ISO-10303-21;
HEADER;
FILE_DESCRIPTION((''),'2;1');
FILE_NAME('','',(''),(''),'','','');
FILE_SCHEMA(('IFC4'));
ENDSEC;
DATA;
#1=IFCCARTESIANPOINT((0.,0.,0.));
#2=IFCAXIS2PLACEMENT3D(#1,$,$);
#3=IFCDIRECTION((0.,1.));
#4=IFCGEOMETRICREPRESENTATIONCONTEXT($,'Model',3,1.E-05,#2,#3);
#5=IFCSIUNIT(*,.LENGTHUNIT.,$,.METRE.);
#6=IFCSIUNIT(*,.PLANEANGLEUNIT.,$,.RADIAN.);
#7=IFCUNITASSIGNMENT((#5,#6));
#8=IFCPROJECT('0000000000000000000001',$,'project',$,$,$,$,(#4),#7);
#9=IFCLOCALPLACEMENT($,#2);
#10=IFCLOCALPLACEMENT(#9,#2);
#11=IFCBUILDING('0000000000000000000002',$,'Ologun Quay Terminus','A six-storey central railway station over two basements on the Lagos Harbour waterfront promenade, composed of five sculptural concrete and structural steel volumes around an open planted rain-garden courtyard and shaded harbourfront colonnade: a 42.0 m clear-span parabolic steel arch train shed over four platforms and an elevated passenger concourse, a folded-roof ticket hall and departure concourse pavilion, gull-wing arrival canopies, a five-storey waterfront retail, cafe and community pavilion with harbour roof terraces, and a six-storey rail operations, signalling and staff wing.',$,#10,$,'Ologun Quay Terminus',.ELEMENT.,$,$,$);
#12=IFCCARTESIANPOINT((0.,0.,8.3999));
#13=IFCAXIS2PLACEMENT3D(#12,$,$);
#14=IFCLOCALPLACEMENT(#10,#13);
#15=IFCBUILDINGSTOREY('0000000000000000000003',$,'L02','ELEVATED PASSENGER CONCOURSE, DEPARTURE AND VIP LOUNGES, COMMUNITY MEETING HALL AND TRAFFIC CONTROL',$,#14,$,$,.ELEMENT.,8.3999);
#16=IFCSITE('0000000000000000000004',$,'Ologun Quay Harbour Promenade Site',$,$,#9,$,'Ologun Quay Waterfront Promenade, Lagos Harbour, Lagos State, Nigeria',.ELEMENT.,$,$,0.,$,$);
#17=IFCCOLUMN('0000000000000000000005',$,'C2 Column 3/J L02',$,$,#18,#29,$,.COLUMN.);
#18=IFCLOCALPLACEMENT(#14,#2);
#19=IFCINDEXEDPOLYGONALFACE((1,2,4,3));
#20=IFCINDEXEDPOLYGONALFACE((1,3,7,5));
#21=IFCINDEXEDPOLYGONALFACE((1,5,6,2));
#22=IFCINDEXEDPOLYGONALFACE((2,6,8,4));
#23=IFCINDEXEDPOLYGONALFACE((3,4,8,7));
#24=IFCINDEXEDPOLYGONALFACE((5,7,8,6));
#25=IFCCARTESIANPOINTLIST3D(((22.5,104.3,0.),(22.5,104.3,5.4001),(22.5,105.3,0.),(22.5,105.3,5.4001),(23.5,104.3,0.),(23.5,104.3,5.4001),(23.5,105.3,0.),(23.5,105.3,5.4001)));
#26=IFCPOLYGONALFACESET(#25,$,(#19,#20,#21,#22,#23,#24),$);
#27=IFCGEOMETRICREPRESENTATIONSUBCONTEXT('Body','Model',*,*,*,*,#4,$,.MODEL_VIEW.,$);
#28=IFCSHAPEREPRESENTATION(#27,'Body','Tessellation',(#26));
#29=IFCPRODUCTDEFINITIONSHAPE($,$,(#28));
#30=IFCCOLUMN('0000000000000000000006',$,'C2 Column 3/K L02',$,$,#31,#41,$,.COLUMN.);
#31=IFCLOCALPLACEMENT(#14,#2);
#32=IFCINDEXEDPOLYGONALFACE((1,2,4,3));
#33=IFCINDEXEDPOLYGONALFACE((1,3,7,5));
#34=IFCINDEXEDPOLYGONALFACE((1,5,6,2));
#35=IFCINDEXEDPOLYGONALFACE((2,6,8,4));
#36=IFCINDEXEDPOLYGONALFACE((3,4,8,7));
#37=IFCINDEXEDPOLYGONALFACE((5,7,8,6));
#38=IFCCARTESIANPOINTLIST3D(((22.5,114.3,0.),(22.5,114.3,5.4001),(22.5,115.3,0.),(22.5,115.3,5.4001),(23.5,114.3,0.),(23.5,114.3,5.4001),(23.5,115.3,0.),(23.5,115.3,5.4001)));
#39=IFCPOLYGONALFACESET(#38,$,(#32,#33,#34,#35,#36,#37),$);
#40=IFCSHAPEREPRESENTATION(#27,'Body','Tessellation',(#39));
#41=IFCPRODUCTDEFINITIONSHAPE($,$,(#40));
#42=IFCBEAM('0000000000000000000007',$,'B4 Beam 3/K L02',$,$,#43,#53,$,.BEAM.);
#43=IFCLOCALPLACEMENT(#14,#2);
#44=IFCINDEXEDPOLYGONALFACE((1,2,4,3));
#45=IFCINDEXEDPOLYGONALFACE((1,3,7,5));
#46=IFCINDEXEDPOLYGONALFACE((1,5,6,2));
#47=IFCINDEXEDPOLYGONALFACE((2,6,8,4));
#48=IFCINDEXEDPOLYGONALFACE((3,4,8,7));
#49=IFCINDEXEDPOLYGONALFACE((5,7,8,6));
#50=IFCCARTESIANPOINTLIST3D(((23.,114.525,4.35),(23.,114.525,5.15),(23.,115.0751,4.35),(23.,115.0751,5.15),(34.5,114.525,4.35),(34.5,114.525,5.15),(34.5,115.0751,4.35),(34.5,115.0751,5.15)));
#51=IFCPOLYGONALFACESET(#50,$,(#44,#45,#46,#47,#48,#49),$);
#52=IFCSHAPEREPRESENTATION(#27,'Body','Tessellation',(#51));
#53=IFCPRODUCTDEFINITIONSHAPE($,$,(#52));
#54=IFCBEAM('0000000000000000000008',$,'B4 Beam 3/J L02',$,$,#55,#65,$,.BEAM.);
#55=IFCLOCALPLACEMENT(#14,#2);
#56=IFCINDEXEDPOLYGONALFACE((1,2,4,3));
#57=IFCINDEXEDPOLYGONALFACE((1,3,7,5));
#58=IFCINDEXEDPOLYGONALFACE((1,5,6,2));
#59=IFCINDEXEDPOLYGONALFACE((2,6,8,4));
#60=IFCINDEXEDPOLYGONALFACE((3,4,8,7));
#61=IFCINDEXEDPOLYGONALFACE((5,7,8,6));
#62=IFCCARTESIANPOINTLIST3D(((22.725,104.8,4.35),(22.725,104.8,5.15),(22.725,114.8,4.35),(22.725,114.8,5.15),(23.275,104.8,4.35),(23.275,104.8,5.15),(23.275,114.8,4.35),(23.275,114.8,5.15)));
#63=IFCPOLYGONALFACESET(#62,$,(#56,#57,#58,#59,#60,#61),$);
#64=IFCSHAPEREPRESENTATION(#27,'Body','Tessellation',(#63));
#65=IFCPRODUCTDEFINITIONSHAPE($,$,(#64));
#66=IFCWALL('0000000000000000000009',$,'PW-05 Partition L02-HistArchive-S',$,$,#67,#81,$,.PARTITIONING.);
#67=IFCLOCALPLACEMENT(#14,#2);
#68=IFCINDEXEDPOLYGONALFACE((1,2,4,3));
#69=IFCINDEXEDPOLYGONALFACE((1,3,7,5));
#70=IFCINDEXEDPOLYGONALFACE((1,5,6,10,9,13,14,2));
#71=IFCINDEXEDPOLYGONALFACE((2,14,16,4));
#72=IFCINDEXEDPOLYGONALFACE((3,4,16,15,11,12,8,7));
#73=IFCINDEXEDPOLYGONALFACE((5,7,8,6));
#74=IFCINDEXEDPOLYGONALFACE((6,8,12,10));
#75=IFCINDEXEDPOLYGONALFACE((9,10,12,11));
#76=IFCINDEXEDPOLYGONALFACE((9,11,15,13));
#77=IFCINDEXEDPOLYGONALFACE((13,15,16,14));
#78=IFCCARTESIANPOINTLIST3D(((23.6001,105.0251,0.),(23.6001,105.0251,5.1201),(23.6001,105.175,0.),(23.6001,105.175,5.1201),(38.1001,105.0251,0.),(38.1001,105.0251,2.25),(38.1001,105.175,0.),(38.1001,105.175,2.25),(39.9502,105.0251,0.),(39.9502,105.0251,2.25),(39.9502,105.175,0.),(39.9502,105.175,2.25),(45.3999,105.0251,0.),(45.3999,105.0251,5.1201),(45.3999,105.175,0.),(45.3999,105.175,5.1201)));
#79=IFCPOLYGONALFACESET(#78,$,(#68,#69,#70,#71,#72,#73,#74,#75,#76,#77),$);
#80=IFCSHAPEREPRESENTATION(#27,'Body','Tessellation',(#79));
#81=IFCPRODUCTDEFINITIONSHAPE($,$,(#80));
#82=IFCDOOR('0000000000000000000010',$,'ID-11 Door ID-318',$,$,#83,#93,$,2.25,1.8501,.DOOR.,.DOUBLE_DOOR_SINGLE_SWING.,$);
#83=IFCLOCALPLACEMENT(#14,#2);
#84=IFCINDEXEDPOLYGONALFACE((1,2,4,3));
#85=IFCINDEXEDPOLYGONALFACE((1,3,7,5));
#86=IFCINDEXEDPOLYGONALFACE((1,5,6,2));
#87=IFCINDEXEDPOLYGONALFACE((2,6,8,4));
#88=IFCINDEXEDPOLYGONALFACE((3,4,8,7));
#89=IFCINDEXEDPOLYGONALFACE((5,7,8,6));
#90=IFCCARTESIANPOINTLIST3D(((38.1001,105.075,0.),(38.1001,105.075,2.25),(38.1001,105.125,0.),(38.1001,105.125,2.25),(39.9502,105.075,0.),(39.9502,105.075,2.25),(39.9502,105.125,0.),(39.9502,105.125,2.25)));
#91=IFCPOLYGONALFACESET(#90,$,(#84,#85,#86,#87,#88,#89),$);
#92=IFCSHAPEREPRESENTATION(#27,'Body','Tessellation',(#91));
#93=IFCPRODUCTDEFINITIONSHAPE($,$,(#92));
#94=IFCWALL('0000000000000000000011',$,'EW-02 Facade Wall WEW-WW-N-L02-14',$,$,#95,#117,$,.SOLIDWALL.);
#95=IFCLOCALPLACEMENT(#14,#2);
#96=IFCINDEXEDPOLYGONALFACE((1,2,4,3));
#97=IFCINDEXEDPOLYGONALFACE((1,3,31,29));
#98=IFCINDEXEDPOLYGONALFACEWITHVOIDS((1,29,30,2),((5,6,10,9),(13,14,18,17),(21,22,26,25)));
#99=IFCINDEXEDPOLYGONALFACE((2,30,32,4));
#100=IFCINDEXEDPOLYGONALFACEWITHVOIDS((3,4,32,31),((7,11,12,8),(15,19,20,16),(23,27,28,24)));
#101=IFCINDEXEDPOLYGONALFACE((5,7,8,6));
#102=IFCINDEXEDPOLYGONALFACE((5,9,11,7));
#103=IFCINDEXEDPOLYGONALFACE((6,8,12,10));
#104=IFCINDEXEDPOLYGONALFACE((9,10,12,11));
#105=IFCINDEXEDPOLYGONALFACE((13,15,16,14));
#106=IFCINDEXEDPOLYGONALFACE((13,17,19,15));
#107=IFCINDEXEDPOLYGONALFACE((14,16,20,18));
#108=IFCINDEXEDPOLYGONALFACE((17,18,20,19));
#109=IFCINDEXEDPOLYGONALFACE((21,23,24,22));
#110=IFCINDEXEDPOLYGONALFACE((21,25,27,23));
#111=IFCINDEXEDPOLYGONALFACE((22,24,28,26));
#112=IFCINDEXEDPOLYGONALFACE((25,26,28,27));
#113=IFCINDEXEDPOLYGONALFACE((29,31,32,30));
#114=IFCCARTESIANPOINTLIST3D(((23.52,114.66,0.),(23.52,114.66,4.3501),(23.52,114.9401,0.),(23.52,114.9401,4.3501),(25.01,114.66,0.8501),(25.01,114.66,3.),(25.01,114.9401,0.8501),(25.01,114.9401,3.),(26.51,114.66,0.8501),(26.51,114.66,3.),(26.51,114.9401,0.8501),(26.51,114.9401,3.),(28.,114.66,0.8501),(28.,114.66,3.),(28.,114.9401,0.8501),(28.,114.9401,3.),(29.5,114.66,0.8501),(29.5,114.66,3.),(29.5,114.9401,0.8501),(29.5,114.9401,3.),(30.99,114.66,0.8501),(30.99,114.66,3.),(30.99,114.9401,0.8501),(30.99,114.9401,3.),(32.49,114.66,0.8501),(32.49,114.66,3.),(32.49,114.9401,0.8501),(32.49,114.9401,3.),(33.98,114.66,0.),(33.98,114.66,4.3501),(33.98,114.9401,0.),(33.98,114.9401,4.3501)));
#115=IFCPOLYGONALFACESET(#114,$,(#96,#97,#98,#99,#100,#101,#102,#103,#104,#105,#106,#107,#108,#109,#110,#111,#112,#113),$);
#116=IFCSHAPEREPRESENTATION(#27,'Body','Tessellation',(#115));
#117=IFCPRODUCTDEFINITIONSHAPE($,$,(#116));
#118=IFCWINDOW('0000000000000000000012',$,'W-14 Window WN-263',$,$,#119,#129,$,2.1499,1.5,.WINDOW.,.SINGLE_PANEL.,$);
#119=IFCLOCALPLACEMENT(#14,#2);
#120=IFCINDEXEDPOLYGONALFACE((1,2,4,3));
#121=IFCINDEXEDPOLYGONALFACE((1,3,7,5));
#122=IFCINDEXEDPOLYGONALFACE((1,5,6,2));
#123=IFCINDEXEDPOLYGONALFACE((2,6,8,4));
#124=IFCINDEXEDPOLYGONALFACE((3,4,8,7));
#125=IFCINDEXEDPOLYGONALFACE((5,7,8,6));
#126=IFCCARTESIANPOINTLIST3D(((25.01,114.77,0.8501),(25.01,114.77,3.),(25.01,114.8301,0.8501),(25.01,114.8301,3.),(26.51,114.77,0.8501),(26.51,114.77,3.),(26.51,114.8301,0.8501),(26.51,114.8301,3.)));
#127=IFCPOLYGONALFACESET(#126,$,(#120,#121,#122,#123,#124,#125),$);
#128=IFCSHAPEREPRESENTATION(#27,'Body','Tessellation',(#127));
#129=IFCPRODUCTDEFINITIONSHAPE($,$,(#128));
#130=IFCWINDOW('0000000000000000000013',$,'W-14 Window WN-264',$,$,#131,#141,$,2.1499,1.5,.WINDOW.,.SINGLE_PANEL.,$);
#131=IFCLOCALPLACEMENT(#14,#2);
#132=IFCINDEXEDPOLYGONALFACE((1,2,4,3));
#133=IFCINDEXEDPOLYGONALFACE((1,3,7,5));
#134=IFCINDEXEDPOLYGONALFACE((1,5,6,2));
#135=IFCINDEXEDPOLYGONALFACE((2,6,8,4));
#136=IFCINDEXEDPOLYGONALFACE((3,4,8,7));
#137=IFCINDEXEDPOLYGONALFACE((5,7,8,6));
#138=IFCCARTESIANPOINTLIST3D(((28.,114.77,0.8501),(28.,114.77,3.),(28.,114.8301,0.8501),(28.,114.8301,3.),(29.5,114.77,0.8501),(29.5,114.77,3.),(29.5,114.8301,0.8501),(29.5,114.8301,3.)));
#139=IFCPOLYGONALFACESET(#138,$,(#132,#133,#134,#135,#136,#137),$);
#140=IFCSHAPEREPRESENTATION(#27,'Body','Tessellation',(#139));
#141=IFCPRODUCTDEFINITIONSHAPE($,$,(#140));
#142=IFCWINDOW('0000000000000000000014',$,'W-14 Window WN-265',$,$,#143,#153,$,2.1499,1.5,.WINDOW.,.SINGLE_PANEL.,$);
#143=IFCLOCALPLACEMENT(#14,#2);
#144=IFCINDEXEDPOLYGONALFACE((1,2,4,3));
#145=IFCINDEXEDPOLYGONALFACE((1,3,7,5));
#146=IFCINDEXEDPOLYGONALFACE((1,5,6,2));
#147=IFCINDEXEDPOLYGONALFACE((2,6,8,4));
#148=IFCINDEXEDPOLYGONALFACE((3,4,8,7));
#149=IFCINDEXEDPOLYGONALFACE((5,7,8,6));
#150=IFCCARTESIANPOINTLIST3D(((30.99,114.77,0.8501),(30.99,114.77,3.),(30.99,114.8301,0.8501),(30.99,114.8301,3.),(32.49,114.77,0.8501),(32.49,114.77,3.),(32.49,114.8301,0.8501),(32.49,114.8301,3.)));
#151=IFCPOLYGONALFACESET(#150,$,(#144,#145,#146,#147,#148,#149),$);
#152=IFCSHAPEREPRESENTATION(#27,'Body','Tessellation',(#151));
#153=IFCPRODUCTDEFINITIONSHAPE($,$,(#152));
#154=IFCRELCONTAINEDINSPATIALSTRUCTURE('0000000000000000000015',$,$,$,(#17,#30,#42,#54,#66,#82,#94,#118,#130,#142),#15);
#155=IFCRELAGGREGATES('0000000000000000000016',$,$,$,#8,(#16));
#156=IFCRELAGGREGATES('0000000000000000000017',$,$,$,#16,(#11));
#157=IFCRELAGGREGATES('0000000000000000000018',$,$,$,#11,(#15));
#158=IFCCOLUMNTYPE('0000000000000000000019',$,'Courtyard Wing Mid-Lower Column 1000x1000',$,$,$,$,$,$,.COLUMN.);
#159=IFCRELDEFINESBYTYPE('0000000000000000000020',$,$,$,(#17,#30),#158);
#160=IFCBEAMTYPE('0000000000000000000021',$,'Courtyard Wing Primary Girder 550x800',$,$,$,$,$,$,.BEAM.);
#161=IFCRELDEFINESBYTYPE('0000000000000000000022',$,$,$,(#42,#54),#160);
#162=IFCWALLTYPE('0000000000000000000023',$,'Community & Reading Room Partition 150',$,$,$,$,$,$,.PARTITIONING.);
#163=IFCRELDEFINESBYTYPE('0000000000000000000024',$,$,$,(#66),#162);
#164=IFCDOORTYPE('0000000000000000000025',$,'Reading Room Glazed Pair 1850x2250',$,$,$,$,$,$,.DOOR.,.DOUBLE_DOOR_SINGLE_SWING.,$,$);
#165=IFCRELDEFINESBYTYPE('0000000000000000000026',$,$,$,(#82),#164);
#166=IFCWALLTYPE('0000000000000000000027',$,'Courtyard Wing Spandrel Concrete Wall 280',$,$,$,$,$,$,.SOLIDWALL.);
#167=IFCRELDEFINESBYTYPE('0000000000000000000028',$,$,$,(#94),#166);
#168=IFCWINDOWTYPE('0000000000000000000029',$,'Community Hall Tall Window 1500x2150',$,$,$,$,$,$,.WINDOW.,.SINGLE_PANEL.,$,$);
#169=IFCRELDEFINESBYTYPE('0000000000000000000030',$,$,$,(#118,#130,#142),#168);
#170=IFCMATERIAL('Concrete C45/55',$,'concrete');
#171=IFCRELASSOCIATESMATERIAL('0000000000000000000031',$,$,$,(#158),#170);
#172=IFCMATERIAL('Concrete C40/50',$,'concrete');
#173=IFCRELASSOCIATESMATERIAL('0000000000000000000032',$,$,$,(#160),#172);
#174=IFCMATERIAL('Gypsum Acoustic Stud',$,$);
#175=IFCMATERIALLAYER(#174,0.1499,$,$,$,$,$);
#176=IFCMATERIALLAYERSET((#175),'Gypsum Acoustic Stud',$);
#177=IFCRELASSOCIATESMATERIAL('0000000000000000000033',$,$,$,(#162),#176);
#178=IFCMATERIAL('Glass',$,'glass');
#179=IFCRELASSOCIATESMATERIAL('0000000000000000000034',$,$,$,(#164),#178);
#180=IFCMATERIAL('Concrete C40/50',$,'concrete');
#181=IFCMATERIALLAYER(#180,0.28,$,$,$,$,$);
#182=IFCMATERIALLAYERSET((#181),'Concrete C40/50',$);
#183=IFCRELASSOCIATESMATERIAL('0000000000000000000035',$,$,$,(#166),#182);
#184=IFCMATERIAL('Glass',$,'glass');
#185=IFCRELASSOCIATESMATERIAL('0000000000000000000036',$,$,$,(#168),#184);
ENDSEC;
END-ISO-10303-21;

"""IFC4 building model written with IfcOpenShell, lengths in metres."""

from ifc_helpers import new_model, si_unit, direction, frame, frame_2d, origin, origin_2d, place, context, subcontext, project, spatial, rectangle, extrude, material, layer, layer_set, material_profile, profile_set, type_object, element, fill, save


model = new_model("IFC4")

# Units and contexts
model_context = context("Model", 3, precision=1e-05, world=origin(), true_north=direction((0.0, 1.0)))
body_context = subcontext(model_context, "Body", "Model", "MODEL_VIEW")
ifc_project = project(units=[si_unit("LENGTHUNIT", "METRE"), si_unit("PLANEANGLEUNIT", "RADIAN")], contexts=[model_context])

# Site, building, storey
site_placement = place(None, origin())
site = spatial("IfcSite", under=ifc_project, at=site_placement, Name="Ologun Quay Harbour Promenade Site", LongName="Ologun Quay Waterfront Promenade, Lagos Harbour, Lagos State, Nigeria", CompositionType="ELEMENT", RefElevation=0.0)
building_placement = place(site_placement, origin())
building = spatial("IfcBuilding", under=site, at=building_placement, Name="Ologun Quay Terminus", Description="A six-storey central railway station over two basements on the Lagos Harbour waterfront promenade, composed of five sculptural concrete and structural steel volumes around an open planted rain-garden courtyard and shaded harbourfront colonnade: a 42.0 m clear-span parabolic steel arch train shed over four platforms and an elevated passenger concourse, a folded-roof ticket hall and departure concourse pavilion, gull-wing arrival canopies, a five-storey waterfront retail, cafe and community pavilion with harbour roof terraces, and a six-storey rail operations, signalling and staff wing.", LongName="Ologun Quay Terminus", CompositionType="ELEMENT")
storey_placement = place(building_placement, frame((0.0, 0.0, 8.3999)))
storey = spatial("IfcBuildingStorey", under=building, at=storey_placement, Name="L02", Description="ELEVATED PASSENGER CONCOURSE, DEPARTURE AND VIP LOUNGES, COMMUNITY MEETING HALL AND TRAFFIC CONTROL", CompositionType="ELEMENT", Elevation=8.3999)

# Columns
ifc_material_1 = material(Name="Concrete C45/55", Category="concrete")
ifc_material_profile_1 = material_profile(ifc_material_1, rectangle(XDim=1.0, YDim=1.0, at=origin_2d()), Name="RC 1000x1000")
ifc_profile_set_1 = profile_set([ifc_material_profile_1], Name="Concrete C45/55")
column_type = type_object("IfcColumnType", Name="Courtyard Wing Mid-Lower Column 1000x1000", PredefinedType="COLUMN", material=ifc_profile_set_1)
for number, where, z_axis, x_axis, name in (
    (1, (23.0, 104.8, 0.0), (0.0, 0.0, 1.0), (1.0, 0.0, 0.0), "C2 Column 3/J L02"),
    (2, (23.0, 114.8, 0.0), (0.0, 0.0, 1.0), (1.0, 0.0, 0.0), "C2 Column 3/K L02"),
):
    element("IfcColumn", number, at=place(storey_placement, frame(where, z_axis=z_axis, x_axis=x_axis)), inside=storey, type_object=column_type, Name=name, PredefinedType="COLUMN", context=body_context, shape_type="SweptSolid", body=[
        extrude(rectangle(XDim=1.0, YDim=1.0, at=origin_2d()), origin(), (0.0, 0.0, 1.0), 5.4001),
    ])

# Beams
ifc_material_2 = material(Name="Concrete C40/50", Category="concrete")
ifc_material_profile_2 = material_profile(ifc_material_2, rectangle(XDim=0.55, YDim=0.8, at=origin_2d()), Name="RC 550x800")
ifc_profile_set_2 = profile_set([ifc_material_profile_2], Name="Concrete C40/50")
beam_type = type_object("IfcBeamType", Name="Courtyard Wing Primary Girder 550x800", PredefinedType="BEAM", material=ifc_profile_set_2)
beam_1_placement = place(storey_placement, frame((23.0, 114.8, 4.75), z_axis=(1.0, 0.0, 0.0), x_axis=(0.0, 1.0, 0.0)))
element("IfcBeam", 3, at=beam_1_placement, inside=storey, type_object=beam_type, Name="B4 Beam 3/K L02", PredefinedType="BEAM", context=body_context, shape_type="SweptSolid", body=[
    extrude(rectangle(XDim=0.55, YDim=0.8, at=origin_2d()), origin(), (0.0, 0.0, 1.0), 11.5),
])
beam_2_placement = place(storey_placement, frame((23.0, 104.8, 4.75), z_axis=(0.0, 1.0, 0.0), x_axis=(-1.0, 0.0, 0.0)))
element("IfcBeam", 4, at=beam_2_placement, inside=storey, type_object=beam_type, Name="B4 Beam 3/J L02", PredefinedType="BEAM", context=body_context, shape_type="SweptSolid", body=[
    extrude(rectangle(XDim=0.55, YDim=0.8, at=origin_2d()), origin(), (0.0, 0.0, 1.0), 10.0),
])

# Wall, opening, door
ifc_material_3 = material(Name="Gypsum Acoustic Stud")
ifc_layer_1 = layer(ifc_material_3, 0.1499)
ifc_layer_set_1 = layer_set([ifc_layer_1], Name="Gypsum Acoustic Stud")
wall_type_1 = type_object("IfcWallType", Name="Community & Reading Room Partition 150", PredefinedType="PARTITIONING", material=ifc_layer_set_1)
wall_1_placement = place(storey_placement, frame((23.6001, 105.1001, 0.0), z_axis=(0.0, 0.0, 1.0), x_axis=(1.0, 0.0, 0.0)))
wall_1 = element("IfcWall", 5, at=wall_1_placement, inside=storey, type_object=wall_type_1, Name="PW-05 Partition L02-HistArchive-S", PredefinedType="PARTITIONING", context=body_context, shape_type="SweptSolid", body=[
    extrude(rectangle(XDim=21.7998, YDim=0.1499, at=frame_2d((10.8999, 0.0))), origin(), (0.0, 0.0, 1.0), 5.1201),
])
opening_1_placement = place(wall_1_placement, frame((14.5, 0.0, 0.0)))
opening_1 = element("IfcOpeningElement", 6, at=opening_1_placement, cuts=wall_1, PredefinedType="OPENING", context=body_context, shape_type="SweptSolid", body=[
    extrude(rectangle(XDim=1.8501, YDim=2.25, at=frame_2d((0.925, 1.125))), frame((0.0, 0.085, 0.0), z_axis=(0.0, -1.0, 0.0), x_axis=(1.0, 0.0, 0.0)), (0.0, 0.0, 1.0), 0.1699),
])
ifc_material_4 = material(Name="Glass", Category="glass")
door_type = type_object("IfcDoorType", Name="Reading Room Glazed Pair 1850x2250", OperationType="DOUBLE_DOOR_SINGLE_SWING", PredefinedType="DOOR", material=ifc_material_4)
door_placement = place(opening_1_placement, origin())
door = element("IfcDoor", 7, at=door_placement, inside=storey, type_object=door_type, Name="ID-11 Door ID-318", OperationType="DOUBLE_DOOR_SINGLE_SWING", OverallHeight=2.25, OverallWidth=1.8501, PredefinedType="DOOR", context=body_context, shape_type="SweptSolid", body=[
    extrude(rectangle(XDim=1.8501, YDim=2.25, at=frame_2d((0.925, 1.125))), frame((0.0, 0.0249, 0.0), z_axis=(0.0, -1.0, 0.0), x_axis=(1.0, 0.0, 0.0)), (0.0, 0.0, 1.0), 0.05),
])
fill(opening_1, door)

# Wall, openings, windows
ifc_material_5 = material(Name="Concrete C40/50", Category="concrete")
ifc_layer_2 = layer(ifc_material_5, 0.28)
ifc_layer_set_2 = layer_set([ifc_layer_2], Name="Concrete C40/50")
wall_type_2 = type_object("IfcWallType", Name="Courtyard Wing Spandrel Concrete Wall 280", PredefinedType="SOLIDWALL", material=ifc_layer_set_2)
wall_2_placement = place(storey_placement, frame((23.52, 114.8, 0.0), z_axis=(0.0, 0.0, 1.0), x_axis=(1.0, 0.0, 0.0)))
wall_2 = element("IfcWall", 8, at=wall_2_placement, inside=storey, type_object=wall_type_2, Name="EW-02 Facade Wall WEW-WW-N-L02-14", PredefinedType="SOLIDWALL", context=body_context, shape_type="SweptSolid", body=[
    extrude(rectangle(XDim=10.46, YDim=0.28, at=frame_2d((5.23, 0.0))), origin(), (0.0, 0.0, 1.0), 4.3501),
])
opening_2_placement = place(wall_2_placement, frame((1.49, 0.0, 0.8501)))
opening_2 = element("IfcOpeningElement", 9, at=opening_2_placement, cuts=wall_2, PredefinedType="OPENING", context=body_context, shape_type="SweptSolid", body=[
    extrude(rectangle(XDim=1.5, YDim=2.1499, at=frame_2d((0.75, 1.075))), frame((0.0, 0.1499, 0.0), z_axis=(0.0, -1.0, 0.0), x_axis=(1.0, 0.0, 0.0)), (0.0, 0.0, 1.0), 0.3),
])
opening_3_placement = place(wall_2_placement, frame((4.48, 0.0, 0.8501)))
opening_3 = element("IfcOpeningElement", 10, at=opening_3_placement, cuts=wall_2, PredefinedType="OPENING", context=body_context, shape_type="SweptSolid", body=[
    extrude(rectangle(XDim=1.5, YDim=2.1499, at=frame_2d((0.75, 1.075))), frame((0.0, 0.1499, 0.0), z_axis=(0.0, -1.0, 0.0), x_axis=(1.0, 0.0, 0.0)), (0.0, 0.0, 1.0), 0.3),
])
opening_4_placement = place(wall_2_placement, frame((7.47, 0.0, 0.8501)))
opening_4 = element("IfcOpeningElement", 11, at=opening_4_placement, cuts=wall_2, PredefinedType="OPENING", context=body_context, shape_type="SweptSolid", body=[
    extrude(rectangle(XDim=1.5, YDim=2.1499, at=frame_2d((0.75, 1.075))), frame((0.0, 0.1499, 0.0), z_axis=(0.0, -1.0, 0.0), x_axis=(1.0, 0.0, 0.0)), (0.0, 0.0, 1.0), 0.3),
])
ifc_material_6 = material(Name="Glass", Category="glass")
window_type_1 = type_object("IfcWindowType", Name="Community Hall Tall Window 1500x2150", PartitioningType="SINGLE_PANEL", PredefinedType="WINDOW", material=ifc_material_6)
window_1_placement = place(opening_2_placement, origin())
window_1 = element("IfcWindow", 12, at=window_1_placement, inside=storey, type_object=window_type_1, Name="W-14 Window WN-263", OverallHeight=2.1499, OverallWidth=1.5, PartitioningType="SINGLE_PANEL", PredefinedType="WINDOW", context=body_context, shape_type="SweptSolid", body=[
    extrude(rectangle(XDim=1.5, YDim=2.1499, at=frame_2d((0.75, 1.075))), frame((0.0, 0.03, 0.0), z_axis=(0.0, -1.0, 0.0), x_axis=(1.0, 0.0, 0.0)), (0.0, 0.0, 1.0), 0.0601),
])
fill(opening_2, window_1)
window_2_placement = place(opening_3_placement, origin())
window_2 = element("IfcWindow", 13, at=window_2_placement, inside=storey, type_object=window_type_1, Name="W-14 Window WN-264", OverallHeight=2.1499, OverallWidth=1.5, PartitioningType="SINGLE_PANEL", PredefinedType="WINDOW", context=body_context, shape_type="SweptSolid", body=[
    extrude(rectangle(XDim=1.5, YDim=2.1499, at=frame_2d((0.75, 1.075))), frame((0.0, 0.03, 0.0), z_axis=(0.0, -1.0, 0.0), x_axis=(1.0, 0.0, 0.0)), (0.0, 0.0, 1.0), 0.0601),
])
fill(opening_3, window_2)
window_3_placement = place(opening_4_placement, origin())
window_3 = element("IfcWindow", 14, at=window_3_placement, inside=storey, type_object=window_type_1, Name="W-14 Window WN-265", OverallHeight=2.1499, OverallWidth=1.5, PartitioningType="SINGLE_PANEL", PredefinedType="WINDOW", context=body_context, shape_type="SweptSolid", body=[
    extrude(rectangle(XDim=1.5, YDim=2.1499, at=frame_2d((0.75, 1.075))), frame((0.0, 0.03, 0.0), z_axis=(0.0, -1.0, 0.0), x_axis=(1.0, 0.0, 0.0)), (0.0, 0.0, 1.0), 0.0601),
])
fill(opening_4, window_3)

save(model, "model.ifc")
